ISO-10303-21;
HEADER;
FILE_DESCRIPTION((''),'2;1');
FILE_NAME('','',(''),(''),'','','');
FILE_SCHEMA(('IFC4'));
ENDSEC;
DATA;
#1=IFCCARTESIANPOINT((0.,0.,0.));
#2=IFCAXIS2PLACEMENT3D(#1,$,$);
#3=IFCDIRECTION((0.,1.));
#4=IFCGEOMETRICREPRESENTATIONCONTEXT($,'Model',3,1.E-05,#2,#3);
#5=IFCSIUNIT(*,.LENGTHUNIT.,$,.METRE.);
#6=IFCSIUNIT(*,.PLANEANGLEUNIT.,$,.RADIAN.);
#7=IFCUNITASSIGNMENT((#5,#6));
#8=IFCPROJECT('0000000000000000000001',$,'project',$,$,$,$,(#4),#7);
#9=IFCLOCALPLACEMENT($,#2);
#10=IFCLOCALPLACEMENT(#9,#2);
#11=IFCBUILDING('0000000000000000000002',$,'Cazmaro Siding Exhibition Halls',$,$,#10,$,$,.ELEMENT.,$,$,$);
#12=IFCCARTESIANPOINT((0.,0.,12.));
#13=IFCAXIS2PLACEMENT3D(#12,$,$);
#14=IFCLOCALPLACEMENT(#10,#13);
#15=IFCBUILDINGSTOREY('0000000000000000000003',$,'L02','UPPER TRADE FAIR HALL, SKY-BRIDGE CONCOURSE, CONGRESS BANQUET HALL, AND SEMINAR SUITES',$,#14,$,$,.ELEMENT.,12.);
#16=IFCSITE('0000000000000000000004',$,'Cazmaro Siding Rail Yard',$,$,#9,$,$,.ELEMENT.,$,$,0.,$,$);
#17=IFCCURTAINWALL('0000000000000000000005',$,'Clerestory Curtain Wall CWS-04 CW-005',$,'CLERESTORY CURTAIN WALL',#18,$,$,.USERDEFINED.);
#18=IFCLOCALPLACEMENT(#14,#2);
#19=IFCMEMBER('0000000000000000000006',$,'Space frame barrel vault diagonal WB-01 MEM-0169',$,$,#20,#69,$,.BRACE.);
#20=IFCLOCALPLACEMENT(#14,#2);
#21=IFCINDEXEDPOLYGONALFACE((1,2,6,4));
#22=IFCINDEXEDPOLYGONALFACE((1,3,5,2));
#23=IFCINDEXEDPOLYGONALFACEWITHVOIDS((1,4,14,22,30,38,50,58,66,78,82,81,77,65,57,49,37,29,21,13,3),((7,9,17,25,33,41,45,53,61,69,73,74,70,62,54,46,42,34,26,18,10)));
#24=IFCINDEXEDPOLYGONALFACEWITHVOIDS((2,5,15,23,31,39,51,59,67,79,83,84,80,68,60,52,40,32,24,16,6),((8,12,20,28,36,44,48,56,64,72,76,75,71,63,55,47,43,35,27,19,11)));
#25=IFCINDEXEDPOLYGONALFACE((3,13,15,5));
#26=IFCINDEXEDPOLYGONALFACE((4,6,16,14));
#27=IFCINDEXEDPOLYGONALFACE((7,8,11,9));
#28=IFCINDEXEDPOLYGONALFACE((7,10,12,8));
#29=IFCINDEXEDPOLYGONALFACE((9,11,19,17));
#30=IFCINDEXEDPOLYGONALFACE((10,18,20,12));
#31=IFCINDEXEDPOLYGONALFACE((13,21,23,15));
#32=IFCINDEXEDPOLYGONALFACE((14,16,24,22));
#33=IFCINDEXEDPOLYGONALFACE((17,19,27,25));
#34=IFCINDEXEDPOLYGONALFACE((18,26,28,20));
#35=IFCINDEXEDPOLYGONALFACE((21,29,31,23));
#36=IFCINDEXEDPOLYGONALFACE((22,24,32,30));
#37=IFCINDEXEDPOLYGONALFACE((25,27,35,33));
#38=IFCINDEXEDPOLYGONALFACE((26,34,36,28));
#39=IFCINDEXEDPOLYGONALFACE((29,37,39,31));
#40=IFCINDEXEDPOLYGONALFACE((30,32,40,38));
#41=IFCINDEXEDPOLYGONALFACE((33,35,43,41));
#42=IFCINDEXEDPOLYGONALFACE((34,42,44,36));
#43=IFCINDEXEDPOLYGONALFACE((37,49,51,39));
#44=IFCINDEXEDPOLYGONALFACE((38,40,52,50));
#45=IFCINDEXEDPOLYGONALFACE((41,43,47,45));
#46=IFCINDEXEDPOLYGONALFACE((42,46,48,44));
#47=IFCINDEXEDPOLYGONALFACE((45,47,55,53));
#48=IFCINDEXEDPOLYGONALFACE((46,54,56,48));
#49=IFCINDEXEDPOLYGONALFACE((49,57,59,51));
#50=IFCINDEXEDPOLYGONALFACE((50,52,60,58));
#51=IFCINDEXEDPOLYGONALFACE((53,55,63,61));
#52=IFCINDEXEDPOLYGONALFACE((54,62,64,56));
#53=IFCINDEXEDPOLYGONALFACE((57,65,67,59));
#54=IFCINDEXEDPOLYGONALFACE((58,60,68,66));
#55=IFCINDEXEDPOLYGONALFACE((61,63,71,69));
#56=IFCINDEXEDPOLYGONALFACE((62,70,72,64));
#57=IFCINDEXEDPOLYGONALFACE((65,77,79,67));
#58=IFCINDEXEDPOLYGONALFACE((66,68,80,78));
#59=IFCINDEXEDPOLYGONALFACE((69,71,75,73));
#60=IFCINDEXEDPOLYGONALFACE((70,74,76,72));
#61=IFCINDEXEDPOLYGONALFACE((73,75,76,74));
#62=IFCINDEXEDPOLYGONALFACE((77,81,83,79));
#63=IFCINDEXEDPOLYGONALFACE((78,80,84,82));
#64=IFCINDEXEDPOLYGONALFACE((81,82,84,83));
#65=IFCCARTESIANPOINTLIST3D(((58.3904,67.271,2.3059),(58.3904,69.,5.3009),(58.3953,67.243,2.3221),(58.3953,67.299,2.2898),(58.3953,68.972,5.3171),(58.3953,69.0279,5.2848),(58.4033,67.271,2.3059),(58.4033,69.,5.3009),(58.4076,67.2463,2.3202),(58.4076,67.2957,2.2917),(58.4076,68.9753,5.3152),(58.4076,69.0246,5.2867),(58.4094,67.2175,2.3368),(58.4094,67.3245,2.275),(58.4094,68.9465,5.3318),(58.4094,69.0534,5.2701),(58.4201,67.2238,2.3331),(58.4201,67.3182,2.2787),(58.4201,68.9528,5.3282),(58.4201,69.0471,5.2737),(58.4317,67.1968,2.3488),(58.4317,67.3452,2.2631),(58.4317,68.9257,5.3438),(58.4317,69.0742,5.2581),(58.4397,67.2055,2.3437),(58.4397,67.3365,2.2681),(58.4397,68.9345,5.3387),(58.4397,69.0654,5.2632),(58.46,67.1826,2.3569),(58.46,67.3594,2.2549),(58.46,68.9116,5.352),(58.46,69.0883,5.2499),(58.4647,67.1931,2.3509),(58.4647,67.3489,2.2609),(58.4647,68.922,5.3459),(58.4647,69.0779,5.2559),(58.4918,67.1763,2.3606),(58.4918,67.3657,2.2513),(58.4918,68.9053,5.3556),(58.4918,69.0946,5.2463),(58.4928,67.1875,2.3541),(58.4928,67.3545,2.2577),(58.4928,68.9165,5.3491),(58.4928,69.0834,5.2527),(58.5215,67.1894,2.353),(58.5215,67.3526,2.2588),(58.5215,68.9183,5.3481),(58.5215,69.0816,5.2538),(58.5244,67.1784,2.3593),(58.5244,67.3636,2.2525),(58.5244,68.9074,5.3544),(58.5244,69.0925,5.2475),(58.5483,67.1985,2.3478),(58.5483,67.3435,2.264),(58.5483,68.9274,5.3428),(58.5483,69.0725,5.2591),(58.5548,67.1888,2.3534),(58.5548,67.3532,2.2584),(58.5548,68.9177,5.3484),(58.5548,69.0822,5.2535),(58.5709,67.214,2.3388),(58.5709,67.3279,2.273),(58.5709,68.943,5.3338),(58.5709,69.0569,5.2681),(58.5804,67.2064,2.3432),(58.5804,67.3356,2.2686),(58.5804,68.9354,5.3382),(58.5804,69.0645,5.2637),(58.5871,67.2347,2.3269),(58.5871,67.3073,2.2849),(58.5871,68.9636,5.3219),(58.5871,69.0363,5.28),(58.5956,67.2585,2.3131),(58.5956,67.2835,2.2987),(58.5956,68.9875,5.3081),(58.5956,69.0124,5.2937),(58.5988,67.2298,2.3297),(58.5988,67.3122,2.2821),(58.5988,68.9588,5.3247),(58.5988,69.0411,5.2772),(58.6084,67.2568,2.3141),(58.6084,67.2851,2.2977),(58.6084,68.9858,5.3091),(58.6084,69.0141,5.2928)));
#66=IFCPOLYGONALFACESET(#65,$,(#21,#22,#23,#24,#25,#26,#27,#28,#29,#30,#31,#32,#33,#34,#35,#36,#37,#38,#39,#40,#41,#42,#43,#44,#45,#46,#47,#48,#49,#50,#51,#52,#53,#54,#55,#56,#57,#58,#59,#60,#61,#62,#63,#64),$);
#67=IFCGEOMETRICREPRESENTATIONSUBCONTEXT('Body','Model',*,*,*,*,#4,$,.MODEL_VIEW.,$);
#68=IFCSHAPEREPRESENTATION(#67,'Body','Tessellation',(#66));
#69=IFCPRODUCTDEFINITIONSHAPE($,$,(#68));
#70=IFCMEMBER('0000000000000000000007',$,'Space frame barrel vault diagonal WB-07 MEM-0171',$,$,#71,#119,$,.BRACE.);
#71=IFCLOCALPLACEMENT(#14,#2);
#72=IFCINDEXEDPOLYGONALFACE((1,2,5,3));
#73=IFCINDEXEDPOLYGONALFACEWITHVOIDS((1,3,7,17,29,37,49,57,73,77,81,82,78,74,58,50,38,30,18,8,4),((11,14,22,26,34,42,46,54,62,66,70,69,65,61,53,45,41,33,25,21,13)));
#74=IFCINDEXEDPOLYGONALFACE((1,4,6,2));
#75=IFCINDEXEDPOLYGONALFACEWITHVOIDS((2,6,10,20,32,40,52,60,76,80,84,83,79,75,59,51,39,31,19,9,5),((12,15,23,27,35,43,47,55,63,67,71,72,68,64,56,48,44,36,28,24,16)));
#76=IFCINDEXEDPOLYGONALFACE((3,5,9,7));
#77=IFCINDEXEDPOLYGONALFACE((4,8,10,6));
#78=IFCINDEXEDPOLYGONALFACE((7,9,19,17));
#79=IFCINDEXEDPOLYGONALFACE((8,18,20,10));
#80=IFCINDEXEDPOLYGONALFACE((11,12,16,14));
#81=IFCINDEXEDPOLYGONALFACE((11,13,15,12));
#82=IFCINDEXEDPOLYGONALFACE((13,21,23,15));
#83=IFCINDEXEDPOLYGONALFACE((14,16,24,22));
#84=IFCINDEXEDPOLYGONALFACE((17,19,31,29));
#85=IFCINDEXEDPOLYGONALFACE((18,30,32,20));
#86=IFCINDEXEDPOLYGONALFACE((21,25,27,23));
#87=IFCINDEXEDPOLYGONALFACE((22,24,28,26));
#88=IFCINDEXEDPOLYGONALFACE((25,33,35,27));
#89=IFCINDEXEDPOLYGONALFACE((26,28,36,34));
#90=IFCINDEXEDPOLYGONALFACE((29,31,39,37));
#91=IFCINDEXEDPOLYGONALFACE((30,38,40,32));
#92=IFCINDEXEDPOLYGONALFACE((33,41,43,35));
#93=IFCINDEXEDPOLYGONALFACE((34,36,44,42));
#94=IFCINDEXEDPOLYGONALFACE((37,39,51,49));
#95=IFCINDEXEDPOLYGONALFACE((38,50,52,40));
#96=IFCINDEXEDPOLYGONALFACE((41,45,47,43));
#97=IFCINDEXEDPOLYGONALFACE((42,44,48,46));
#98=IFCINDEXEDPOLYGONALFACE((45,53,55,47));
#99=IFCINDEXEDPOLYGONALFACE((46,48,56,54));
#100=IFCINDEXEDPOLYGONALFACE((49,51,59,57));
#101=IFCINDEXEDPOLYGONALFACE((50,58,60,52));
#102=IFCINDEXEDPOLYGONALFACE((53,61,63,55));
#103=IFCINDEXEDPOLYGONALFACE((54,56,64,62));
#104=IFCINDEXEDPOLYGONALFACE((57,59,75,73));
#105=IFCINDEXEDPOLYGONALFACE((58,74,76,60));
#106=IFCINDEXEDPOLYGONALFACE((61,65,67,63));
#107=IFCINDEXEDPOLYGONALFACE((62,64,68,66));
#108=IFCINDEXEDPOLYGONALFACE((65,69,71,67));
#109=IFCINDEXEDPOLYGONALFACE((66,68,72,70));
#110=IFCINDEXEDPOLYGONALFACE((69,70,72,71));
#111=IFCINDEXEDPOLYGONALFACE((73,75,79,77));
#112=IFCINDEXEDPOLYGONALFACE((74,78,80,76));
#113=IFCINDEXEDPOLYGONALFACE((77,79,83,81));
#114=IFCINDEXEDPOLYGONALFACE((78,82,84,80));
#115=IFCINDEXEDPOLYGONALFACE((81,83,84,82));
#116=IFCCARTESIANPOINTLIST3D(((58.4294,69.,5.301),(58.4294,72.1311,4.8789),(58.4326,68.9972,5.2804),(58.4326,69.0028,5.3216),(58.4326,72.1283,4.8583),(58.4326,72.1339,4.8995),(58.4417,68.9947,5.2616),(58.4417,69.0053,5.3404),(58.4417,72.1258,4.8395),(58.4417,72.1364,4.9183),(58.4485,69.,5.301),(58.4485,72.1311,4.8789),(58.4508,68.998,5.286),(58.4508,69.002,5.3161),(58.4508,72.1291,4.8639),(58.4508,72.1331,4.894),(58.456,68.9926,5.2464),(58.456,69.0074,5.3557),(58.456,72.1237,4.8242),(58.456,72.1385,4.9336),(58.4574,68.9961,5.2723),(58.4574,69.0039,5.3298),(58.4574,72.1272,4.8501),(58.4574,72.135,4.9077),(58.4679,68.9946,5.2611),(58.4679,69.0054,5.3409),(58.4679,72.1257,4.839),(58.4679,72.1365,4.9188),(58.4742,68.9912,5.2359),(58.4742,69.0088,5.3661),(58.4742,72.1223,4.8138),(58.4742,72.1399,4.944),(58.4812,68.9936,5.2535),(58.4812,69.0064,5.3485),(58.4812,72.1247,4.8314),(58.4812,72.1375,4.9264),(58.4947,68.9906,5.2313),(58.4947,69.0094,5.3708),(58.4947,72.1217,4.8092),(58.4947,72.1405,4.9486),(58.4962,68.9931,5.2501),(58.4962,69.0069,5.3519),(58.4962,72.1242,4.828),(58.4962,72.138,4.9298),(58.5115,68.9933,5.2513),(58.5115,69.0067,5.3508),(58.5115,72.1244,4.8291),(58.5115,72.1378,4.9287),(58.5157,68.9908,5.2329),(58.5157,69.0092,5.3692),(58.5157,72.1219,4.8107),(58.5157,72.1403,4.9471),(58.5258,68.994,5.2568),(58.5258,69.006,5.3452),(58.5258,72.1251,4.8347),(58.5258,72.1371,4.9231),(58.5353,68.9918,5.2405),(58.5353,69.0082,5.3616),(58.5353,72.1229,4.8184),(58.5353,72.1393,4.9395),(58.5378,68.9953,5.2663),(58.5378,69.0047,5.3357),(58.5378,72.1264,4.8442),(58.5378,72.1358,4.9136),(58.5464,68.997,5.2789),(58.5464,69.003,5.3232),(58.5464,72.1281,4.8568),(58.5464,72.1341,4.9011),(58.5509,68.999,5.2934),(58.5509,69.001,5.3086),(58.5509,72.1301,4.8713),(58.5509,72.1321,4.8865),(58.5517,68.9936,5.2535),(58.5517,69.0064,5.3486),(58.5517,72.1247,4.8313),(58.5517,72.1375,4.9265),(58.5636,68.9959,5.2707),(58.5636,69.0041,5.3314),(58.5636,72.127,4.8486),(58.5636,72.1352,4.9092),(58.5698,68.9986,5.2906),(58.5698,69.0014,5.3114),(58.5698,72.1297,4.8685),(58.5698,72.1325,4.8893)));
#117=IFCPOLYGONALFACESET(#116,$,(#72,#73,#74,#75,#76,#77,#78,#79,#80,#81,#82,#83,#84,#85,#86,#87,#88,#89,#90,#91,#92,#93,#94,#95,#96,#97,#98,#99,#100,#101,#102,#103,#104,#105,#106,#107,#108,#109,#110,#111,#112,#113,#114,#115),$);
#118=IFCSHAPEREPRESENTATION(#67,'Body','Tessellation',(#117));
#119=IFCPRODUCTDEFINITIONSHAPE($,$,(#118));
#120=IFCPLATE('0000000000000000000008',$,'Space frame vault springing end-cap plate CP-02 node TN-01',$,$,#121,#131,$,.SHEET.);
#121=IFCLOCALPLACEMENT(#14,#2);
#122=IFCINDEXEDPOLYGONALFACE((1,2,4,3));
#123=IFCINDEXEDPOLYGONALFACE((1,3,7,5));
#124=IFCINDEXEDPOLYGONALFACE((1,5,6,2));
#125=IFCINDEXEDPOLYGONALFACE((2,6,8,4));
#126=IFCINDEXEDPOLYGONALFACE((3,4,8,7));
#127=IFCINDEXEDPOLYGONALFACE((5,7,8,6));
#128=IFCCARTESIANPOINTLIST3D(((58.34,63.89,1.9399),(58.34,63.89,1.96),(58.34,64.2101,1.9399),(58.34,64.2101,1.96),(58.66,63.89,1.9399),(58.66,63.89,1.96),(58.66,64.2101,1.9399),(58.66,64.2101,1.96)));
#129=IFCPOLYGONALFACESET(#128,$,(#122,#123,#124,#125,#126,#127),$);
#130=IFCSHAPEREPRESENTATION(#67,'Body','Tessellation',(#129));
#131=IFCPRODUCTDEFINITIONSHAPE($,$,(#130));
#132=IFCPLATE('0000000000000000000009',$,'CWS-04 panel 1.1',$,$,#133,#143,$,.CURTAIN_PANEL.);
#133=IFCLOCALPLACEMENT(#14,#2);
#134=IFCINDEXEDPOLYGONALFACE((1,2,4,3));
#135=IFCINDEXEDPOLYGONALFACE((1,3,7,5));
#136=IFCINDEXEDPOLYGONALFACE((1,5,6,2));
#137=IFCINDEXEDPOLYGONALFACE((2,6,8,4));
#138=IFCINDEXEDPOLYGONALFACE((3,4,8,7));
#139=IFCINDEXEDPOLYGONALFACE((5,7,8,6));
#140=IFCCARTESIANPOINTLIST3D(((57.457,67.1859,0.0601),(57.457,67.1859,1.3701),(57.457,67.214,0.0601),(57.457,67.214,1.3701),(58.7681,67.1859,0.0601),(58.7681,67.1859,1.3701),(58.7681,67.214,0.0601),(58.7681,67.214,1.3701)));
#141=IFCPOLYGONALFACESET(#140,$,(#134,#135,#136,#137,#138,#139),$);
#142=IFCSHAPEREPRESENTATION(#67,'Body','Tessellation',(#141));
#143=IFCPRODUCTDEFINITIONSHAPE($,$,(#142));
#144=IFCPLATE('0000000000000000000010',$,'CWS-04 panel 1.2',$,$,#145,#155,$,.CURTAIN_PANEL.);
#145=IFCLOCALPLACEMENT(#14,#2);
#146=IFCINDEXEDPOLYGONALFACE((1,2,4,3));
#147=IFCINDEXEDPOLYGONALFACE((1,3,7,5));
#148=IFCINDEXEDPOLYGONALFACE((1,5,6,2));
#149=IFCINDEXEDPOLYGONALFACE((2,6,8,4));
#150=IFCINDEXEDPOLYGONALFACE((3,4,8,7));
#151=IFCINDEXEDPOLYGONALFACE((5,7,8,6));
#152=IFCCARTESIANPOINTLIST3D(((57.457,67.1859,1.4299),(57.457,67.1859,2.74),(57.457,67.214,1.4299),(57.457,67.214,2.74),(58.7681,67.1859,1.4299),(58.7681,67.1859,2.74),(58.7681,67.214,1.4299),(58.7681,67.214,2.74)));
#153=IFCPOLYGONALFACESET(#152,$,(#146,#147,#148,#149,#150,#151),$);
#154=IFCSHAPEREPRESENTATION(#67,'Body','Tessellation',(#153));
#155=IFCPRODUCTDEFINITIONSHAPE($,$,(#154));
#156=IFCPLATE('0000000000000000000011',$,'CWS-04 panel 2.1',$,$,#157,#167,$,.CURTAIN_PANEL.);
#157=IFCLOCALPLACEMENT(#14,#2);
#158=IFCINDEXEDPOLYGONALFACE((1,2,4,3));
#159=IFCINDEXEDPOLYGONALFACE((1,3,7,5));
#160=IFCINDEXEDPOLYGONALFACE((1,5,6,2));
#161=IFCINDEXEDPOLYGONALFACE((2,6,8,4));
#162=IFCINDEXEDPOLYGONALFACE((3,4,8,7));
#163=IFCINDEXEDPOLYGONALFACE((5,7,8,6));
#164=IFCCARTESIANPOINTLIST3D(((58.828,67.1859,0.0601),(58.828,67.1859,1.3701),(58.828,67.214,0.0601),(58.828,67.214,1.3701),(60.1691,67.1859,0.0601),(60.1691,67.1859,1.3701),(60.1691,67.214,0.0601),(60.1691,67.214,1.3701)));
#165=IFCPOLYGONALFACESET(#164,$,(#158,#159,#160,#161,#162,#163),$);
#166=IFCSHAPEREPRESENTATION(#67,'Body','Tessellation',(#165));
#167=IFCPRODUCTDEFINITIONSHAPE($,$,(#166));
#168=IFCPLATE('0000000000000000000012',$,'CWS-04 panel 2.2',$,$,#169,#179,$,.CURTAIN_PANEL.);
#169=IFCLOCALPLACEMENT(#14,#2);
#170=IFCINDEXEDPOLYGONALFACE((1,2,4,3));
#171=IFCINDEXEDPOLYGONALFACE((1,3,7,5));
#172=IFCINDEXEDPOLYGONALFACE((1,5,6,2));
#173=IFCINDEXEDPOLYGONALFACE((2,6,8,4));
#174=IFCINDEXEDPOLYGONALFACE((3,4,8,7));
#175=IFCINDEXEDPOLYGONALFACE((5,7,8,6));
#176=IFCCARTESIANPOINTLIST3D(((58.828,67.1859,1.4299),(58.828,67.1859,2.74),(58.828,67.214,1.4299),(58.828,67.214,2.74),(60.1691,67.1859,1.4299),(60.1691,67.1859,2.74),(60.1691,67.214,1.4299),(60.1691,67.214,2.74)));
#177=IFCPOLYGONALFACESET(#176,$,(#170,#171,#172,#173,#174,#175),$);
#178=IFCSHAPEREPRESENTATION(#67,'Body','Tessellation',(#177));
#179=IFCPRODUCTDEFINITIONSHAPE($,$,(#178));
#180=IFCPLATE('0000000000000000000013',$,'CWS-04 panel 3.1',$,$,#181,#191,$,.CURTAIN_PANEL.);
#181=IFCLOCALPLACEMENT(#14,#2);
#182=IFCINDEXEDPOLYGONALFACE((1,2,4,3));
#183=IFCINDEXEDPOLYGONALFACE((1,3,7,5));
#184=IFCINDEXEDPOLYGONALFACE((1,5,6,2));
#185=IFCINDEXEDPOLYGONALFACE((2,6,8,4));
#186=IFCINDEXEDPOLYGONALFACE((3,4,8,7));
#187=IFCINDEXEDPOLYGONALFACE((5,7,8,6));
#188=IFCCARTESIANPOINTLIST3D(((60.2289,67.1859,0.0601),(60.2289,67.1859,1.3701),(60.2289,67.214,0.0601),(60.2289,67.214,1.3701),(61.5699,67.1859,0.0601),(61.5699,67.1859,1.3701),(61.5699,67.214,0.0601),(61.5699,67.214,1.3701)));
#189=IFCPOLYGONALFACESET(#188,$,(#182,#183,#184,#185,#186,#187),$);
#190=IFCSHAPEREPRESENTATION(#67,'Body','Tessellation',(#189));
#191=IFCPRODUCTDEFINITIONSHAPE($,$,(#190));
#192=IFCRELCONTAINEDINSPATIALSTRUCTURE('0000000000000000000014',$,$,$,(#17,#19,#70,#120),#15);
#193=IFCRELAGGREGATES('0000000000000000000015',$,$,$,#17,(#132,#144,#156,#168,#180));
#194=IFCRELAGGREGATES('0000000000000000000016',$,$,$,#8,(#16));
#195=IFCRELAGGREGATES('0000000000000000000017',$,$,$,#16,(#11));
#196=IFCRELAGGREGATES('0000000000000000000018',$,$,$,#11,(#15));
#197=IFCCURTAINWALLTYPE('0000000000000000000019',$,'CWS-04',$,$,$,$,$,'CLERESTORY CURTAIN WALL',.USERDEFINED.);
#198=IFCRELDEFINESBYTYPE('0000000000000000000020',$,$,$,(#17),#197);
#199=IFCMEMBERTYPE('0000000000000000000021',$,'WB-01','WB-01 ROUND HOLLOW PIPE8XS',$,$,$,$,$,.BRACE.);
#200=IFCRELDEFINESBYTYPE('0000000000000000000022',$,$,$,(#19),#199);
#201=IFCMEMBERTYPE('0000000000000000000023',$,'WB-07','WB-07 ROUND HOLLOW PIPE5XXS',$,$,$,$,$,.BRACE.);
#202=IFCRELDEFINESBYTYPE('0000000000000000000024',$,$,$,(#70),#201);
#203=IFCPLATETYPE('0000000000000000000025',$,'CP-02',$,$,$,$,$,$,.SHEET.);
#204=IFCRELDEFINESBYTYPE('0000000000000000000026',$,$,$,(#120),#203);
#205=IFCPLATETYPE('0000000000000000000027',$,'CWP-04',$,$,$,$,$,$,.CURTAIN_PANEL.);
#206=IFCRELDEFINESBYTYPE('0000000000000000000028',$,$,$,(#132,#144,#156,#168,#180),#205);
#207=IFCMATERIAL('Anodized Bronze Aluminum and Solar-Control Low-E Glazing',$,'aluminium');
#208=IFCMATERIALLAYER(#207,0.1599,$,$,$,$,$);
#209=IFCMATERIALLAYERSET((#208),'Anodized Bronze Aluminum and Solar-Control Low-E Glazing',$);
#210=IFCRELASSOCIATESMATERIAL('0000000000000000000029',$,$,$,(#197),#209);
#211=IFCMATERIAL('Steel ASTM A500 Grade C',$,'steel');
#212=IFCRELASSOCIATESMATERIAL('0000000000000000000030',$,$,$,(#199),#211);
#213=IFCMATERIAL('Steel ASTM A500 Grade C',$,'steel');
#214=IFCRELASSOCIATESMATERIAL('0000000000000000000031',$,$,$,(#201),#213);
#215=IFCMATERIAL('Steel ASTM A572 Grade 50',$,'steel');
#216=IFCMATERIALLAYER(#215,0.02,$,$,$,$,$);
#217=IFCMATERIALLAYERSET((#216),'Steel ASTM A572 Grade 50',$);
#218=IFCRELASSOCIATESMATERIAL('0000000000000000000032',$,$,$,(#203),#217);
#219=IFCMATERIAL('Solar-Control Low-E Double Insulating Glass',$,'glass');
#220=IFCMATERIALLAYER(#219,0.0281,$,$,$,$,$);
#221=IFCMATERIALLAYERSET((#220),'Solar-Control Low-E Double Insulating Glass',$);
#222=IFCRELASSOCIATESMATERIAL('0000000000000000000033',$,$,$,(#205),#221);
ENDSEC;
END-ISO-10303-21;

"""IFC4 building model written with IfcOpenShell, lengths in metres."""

from ifc_helpers import new_model, si_unit, direction, frame, origin, origin_2d, place, context, subcontext, project, spatial, rectangle, hollow_circle, extrude, material, layer, layer_set, material_profile, profile_set, type_object, element, aggregate, save


model = new_model("IFC4")

# Units and contexts
model_context = context("Model", 3, precision=1e-05, world=origin(), true_north=direction((0.0, 1.0)))
body_context = subcontext(model_context, "Body", "Model", "MODEL_VIEW")
ifc_project = project(units=[si_unit("LENGTHUNIT", "METRE"), si_unit("PLANEANGLEUNIT", "RADIAN")], contexts=[model_context])

# Site, building, storey
site_placement = place(None, origin())
site = spatial("IfcSite", under=ifc_project, at=site_placement, Name="Cazmaro Siding Rail Yard", CompositionType="ELEMENT", RefElevation=0.0)
building_placement = place(site_placement, origin())
building = spatial("IfcBuilding", under=site, at=building_placement, Name="Cazmaro Siding Exhibition Halls", CompositionType="ELEMENT")
storey_placement = place(building_placement, frame((0.0, 0.0, 12.0)))
storey = spatial("IfcBuildingStorey", under=building, at=storey_placement, Name="L02", Description="UPPER TRADE FAIR HALL, SKY-BRIDGE CONCOURSE, CONGRESS BANQUET HALL, AND SEMINAR SUITES", CompositionType="ELEMENT", Elevation=12.0)

# Curtain wall
ifc_material_1 = material(Name="Anodized Bronze Aluminum and Solar-Control Low-E Glazing", Category="aluminium")
ifc_layer_1 = layer(ifc_material_1, 0.1599)
ifc_layer_set_1 = layer_set([ifc_layer_1], Name="Anodized Bronze Aluminum and Solar-Control Low-E Glazing")
curtain_wall_type = type_object("IfcCurtainWallType", Name="CWS-04", ElementType="CLERESTORY CURTAIN WALL", PredefinedType="USERDEFINED", material=ifc_layer_set_1)
curtain_wall_placement = place(storey_placement, origin())
curtain_wall = element("IfcCurtainWall", 1, at=curtain_wall_placement, inside=storey, type_object=curtain_wall_type, Name="Clerestory Curtain Wall CWS-04 CW-005", ObjectType="CLERESTORY CURTAIN WALL", PredefinedType="USERDEFINED")

# Members
ifc_material_2 = material(Name="Steel ASTM A500 Grade C", Category="steel")
ifc_material_profile_1 = material_profile(ifc_material_2, hollow_circle(Radius=0.1096, WallThickness=0.0129, at=origin_2d()), Name="PIPE8XS")
ifc_profile_set_1 = profile_set([ifc_material_profile_1], Name="Steel ASTM A500 Grade C")
member_type_1 = type_object("IfcMemberType", Name="WB-01", Description="WB-01 ROUND HOLLOW PIPE8XS", PredefinedType="BRACE", material=ifc_profile_set_1)
member_1_placement = place(storey_placement, frame((58.5, 67.271, 2.3059), z_axis=(0.0, 0.499951, 0.866054), x_axis=(-1.0, 0.0, 0.0)))
element("IfcMember", 2, at=member_1_placement, inside=storey, type_object=member_type_1, Name="Space frame barrel vault diagonal WB-01 MEM-0169", PredefinedType="BRACE", context=body_context, shape_type="SweptSolid", body=[
    extrude(hollow_circle(Radius=0.1096, WallThickness=0.0129, at=origin_2d()), origin(), (0.0, 0.0, 1.0), 3.4583),
])
ifc_material_3 = material(Name="Steel ASTM A500 Grade C", Category="steel")
ifc_material_profile_2 = material_profile(ifc_material_3, hollow_circle(Radius=0.0706, WallThickness=0.019, at=origin_2d()), Name="PIPE5XXS")
ifc_profile_set_2 = profile_set([ifc_material_profile_2], Name="Steel ASTM A500 Grade C")
member_type_2 = type_object("IfcMemberType", Name="WB-07", Description="WB-07 ROUND HOLLOW PIPE5XXS", PredefinedType="BRACE", material=ifc_profile_set_2)
member_2_placement = place(storey_placement, frame((58.5, 69.0, 5.301), z_axis=(0.0, 0.991035, -0.133606), x_axis=(-1.0, 0.0, 0.0)))
element("IfcMember", 3, at=member_2_placement, inside=storey, type_object=member_type_2, Name="Space frame barrel vault diagonal WB-07 MEM-0171", PredefinedType="BRACE", context=body_context, shape_type="SweptSolid", body=[
    extrude(hollow_circle(Radius=0.0706, WallThickness=0.019, at=origin_2d()), origin(), (0.0, 0.0, 1.0), 3.1594),
])

# Plates
ifc_material_4 = material(Name="Steel ASTM A572 Grade 50", Category="steel")
ifc_layer_2 = layer(ifc_material_4, 0.02)
ifc_layer_set_2 = layer_set([ifc_layer_2], Name="Steel ASTM A572 Grade 50")
plate_type_1 = type_object("IfcPlateType", Name="CP-02", PredefinedType="SHEET", material=ifc_layer_set_2)
plate_1_placement = place(storey_placement, frame((58.5, 64.05, 1.9399), z_axis=(0.0, 0.0, 1.0), x_axis=(1.0, 0.0, 0.0)))
element("IfcPlate", 4, at=plate_1_placement, inside=storey, type_object=plate_type_1, Name="Space frame vault springing end-cap plate CP-02 node TN-01", PredefinedType="SHEET", context=body_context, shape_type="SweptSolid", body=[
    extrude(rectangle(XDim=0.3201, YDim=0.3201, at=origin_2d()), origin(), (0.0, 0.0, 1.0), 0.02),
])
ifc_material_5 = material(Name="Solar-Control Low-E Double Insulating Glass", Category="glass")
ifc_layer_3 = layer(ifc_material_5, 0.0281)
ifc_layer_set_3 = layer_set([ifc_layer_3], Name="Solar-Control Low-E Double Insulating Glass")
plate_type_2 = type_object("IfcPlateType", Name="CWP-04", PredefinedType="CURTAIN_PANEL", material=ifc_layer_set_3)
plate_2_placement = place(storey_placement, frame((58.1125, 67.2, 0.0601), z_axis=(0.0, 0.0, 1.0), x_axis=(1.0, 0.0, 0.0)))
plate_2 = element("IfcPlate", 5, at=plate_2_placement, type_object=plate_type_2, Name="CWS-04 panel 1.1", PredefinedType="CURTAIN_PANEL", context=body_context, shape_type="SweptSolid", body=[
    extrude(rectangle(XDim=1.311, YDim=0.0281, at=origin_2d()), origin(), (0.0, 0.0, 1.0), 1.3101),
])
plate_3_placement = place(storey_placement, frame((58.1125, 67.2, 1.4299), z_axis=(0.0, 0.0, 1.0), x_axis=(1.0, 0.0, 0.0)))
plate_3 = element("IfcPlate", 6, at=plate_3_placement, type_object=plate_type_2, Name="CWS-04 panel 1.2", PredefinedType="CURTAIN_PANEL", context=body_context, shape_type="SweptSolid", body=[
    extrude(rectangle(XDim=1.311, YDim=0.0281, at=origin_2d()), origin(), (0.0, 0.0, 1.0), 1.3101),
])
plate_4_placement = place(storey_placement, frame((59.4985, 67.2, 0.0601), z_axis=(0.0, 0.0, 1.0), x_axis=(1.0, 0.0, 0.0)))
plate_4 = element("IfcPlate", 7, at=plate_4_placement, type_object=plate_type_2, Name="CWS-04 panel 2.1", PredefinedType="CURTAIN_PANEL", context=body_context, shape_type="SweptSolid", body=[
    extrude(rectangle(XDim=1.3411, YDim=0.0281, at=origin_2d()), origin(), (0.0, 0.0, 1.0), 1.3101),
])
plate_5_placement = place(storey_placement, frame((59.4985, 67.2, 1.4299), z_axis=(0.0, 0.0, 1.0), x_axis=(1.0, 0.0, 0.0)))
plate_5 = element("IfcPlate", 8, at=plate_5_placement, type_object=plate_type_2, Name="CWS-04 panel 2.2", PredefinedType="CURTAIN_PANEL", context=body_context, shape_type="SweptSolid", body=[
    extrude(rectangle(XDim=1.3411, YDim=0.0281, at=origin_2d()), origin(), (0.0, 0.0, 1.0), 1.3101),
])
plate_6_placement = place(storey_placement, frame((60.8994, 67.2, 0.0601), z_axis=(0.0, 0.0, 1.0), x_axis=(1.0, 0.0, 0.0)))
plate_6 = element("IfcPlate", 9, at=plate_6_placement, type_object=plate_type_2, Name="CWS-04 panel 3.1", PredefinedType="CURTAIN_PANEL", context=body_context, shape_type="SweptSolid", body=[
    extrude(rectangle(XDim=1.3411, YDim=0.0281, at=origin_2d()), origin(), (0.0, 0.0, 1.0), 1.3101),
])
aggregate(curtain_wall, [plate_2, plate_3, plate_4, plate_5, plate_6])

save(model, "model.ifc")
